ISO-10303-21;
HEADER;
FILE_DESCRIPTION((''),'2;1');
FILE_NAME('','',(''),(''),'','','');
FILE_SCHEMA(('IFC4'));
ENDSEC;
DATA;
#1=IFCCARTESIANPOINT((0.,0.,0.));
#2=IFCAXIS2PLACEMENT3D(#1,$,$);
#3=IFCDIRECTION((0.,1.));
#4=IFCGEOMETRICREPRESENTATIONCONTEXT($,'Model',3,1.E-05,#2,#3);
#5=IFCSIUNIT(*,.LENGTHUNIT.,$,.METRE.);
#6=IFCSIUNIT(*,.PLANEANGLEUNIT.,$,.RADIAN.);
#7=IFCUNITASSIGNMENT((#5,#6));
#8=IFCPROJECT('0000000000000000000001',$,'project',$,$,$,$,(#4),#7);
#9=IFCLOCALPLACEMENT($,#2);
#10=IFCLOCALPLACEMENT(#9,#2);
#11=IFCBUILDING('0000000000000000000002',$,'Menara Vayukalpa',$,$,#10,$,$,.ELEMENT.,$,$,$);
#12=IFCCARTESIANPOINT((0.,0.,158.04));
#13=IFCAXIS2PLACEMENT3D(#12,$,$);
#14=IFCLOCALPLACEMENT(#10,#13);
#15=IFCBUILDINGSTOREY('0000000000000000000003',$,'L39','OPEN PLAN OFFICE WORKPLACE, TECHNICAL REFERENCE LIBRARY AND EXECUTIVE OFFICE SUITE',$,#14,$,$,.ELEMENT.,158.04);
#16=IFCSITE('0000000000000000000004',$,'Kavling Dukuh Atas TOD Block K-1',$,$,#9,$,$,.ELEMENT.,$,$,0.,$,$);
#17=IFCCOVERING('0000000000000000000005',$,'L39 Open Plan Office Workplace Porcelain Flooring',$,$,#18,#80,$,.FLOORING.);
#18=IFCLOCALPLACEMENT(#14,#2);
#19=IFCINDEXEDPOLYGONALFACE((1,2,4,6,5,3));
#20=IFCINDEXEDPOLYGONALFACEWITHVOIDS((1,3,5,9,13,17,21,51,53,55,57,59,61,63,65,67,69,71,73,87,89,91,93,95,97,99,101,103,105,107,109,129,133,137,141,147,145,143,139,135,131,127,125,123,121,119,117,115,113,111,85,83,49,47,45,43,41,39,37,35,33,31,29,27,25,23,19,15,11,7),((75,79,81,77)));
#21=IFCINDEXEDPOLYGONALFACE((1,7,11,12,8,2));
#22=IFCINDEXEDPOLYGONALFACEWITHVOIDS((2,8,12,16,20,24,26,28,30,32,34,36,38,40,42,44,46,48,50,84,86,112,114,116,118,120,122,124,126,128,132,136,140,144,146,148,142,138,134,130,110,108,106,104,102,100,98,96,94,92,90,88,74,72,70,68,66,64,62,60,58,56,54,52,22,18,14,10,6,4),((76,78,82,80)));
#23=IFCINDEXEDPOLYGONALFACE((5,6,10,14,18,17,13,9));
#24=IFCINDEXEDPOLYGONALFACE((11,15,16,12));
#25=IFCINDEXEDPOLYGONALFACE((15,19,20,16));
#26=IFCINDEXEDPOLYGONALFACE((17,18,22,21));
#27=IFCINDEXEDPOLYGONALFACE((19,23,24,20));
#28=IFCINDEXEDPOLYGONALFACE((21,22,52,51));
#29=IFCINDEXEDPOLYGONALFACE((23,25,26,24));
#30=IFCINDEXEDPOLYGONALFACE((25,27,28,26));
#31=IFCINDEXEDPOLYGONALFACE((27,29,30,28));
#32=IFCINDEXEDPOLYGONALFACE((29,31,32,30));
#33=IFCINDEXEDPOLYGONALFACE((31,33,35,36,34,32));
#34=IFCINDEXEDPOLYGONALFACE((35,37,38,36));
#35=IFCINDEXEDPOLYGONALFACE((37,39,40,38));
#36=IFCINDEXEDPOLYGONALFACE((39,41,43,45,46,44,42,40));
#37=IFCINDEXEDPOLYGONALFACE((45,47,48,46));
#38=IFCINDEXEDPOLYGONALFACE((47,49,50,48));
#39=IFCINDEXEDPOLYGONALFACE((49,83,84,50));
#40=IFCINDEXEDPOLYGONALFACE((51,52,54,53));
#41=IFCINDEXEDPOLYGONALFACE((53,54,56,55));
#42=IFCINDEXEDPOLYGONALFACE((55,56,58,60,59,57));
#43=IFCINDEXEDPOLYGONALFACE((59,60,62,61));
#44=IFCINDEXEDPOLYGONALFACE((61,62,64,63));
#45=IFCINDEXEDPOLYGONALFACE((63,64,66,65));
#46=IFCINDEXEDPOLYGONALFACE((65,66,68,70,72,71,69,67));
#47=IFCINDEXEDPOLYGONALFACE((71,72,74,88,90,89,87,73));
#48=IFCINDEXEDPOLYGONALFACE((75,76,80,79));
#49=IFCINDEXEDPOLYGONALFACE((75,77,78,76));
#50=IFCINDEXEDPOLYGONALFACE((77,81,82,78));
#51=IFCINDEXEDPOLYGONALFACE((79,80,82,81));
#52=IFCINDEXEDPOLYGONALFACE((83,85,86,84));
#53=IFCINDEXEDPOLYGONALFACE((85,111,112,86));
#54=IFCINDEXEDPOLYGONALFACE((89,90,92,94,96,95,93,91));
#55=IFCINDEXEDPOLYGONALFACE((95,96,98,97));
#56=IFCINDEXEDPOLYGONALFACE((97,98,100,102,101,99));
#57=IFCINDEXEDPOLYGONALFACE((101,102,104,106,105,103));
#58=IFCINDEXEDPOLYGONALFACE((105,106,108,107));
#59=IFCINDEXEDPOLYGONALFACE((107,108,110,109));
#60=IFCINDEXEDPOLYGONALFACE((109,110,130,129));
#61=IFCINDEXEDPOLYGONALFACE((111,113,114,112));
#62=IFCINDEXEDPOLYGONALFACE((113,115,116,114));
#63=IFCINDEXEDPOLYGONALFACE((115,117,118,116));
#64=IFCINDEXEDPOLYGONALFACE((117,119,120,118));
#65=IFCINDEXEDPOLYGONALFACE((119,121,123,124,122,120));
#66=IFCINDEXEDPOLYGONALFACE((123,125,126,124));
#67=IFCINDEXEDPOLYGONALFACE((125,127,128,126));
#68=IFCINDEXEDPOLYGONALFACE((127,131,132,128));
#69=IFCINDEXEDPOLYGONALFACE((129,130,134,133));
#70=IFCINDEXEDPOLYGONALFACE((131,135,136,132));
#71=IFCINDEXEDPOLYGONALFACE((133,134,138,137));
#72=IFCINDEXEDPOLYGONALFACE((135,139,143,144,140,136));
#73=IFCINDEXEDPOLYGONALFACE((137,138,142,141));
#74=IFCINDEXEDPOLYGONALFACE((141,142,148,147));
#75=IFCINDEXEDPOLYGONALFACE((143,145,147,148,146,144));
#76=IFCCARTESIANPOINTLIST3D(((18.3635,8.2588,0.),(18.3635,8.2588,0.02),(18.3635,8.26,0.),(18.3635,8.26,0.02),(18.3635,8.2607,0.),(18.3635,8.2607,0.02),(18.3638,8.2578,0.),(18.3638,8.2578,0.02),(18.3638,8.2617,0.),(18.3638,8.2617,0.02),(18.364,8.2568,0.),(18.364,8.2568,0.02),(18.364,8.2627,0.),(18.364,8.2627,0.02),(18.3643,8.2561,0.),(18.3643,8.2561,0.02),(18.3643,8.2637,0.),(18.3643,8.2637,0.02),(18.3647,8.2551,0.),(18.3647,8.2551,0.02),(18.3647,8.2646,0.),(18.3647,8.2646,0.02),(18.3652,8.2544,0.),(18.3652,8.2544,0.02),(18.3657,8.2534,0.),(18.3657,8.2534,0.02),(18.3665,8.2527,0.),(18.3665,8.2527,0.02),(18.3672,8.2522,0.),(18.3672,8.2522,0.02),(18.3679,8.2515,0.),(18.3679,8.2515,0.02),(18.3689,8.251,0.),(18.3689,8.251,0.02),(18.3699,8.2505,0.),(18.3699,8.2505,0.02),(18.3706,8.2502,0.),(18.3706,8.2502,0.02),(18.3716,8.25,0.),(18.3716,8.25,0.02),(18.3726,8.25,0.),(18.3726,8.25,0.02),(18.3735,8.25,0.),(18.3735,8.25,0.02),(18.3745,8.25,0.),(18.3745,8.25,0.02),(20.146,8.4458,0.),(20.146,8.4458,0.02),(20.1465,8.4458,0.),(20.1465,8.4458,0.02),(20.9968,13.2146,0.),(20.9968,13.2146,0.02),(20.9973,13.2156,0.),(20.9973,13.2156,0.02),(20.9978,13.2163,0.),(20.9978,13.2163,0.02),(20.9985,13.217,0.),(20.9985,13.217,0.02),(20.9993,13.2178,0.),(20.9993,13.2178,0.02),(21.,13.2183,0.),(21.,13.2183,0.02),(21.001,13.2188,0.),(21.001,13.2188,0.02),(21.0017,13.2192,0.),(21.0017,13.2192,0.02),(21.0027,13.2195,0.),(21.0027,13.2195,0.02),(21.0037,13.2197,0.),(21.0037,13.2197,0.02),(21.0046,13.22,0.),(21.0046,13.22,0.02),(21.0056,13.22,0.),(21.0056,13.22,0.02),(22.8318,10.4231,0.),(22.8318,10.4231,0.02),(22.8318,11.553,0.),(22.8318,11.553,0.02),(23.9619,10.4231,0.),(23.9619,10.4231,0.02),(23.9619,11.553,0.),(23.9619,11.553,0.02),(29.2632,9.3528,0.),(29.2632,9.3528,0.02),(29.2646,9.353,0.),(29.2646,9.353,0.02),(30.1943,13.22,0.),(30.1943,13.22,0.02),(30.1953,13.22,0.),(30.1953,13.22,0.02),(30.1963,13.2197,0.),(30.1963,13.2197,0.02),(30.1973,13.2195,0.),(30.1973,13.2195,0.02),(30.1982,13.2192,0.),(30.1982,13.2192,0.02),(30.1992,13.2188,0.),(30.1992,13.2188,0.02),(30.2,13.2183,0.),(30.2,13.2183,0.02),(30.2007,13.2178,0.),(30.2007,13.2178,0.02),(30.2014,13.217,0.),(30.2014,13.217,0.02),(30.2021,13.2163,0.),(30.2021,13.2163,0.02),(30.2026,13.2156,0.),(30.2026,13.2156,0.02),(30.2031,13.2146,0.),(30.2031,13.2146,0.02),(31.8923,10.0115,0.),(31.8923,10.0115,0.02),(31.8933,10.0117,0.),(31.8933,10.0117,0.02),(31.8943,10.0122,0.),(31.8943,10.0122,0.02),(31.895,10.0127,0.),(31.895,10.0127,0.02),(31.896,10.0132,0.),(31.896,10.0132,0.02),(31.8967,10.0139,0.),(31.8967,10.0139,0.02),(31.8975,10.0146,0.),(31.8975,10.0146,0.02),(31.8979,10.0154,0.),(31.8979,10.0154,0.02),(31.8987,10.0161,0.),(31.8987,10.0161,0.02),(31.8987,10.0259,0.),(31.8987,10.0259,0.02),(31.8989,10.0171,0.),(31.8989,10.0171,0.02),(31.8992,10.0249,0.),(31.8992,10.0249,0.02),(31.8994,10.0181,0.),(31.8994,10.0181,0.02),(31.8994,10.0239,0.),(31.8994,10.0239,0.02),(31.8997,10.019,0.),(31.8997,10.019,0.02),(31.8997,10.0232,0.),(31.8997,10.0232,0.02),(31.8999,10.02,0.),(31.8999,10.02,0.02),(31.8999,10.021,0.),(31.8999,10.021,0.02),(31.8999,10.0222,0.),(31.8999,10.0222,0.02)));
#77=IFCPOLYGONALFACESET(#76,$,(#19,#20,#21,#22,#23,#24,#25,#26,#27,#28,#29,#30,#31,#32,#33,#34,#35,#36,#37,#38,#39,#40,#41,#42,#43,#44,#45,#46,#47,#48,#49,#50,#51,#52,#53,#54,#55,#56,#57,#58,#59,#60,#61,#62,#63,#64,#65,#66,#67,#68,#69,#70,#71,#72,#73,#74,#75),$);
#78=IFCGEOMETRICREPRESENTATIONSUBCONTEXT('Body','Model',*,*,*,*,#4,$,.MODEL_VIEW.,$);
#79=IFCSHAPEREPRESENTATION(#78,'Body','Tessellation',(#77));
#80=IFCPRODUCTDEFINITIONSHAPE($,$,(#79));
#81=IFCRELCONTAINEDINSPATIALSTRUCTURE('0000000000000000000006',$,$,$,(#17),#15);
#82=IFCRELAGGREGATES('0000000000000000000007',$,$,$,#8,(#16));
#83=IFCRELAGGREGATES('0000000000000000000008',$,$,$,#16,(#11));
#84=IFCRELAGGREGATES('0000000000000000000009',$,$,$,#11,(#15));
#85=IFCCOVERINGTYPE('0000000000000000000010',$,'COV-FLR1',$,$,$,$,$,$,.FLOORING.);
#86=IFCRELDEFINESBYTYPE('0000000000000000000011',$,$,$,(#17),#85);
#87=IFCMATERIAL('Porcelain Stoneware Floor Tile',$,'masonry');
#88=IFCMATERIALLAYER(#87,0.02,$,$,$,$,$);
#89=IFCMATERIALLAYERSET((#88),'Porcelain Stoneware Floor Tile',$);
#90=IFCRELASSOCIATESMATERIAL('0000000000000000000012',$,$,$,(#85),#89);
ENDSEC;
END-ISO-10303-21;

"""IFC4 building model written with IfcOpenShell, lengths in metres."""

from ifc_helpers import new_model, si_unit, direction, frame, origin, place, context, subcontext, project, spatial, polyline, outline, extrude, material, layer, layer_set, type_object, element, save


model = new_model("IFC4")

# Units and contexts
model_context = context("Model", 3, precision=1e-05, world=origin(), true_north=direction((0.0, 1.0)))
body_context = subcontext(model_context, "Body", "Model", "MODEL_VIEW")
ifc_project = project(units=[si_unit("LENGTHUNIT", "METRE"), si_unit("PLANEANGLEUNIT", "RADIAN")], contexts=[model_context])

# Site, building, storey
site_placement = place(None, origin())
site = spatial("IfcSite", under=ifc_project, at=site_placement, Name="Kavling Dukuh Atas TOD Block K-1", CompositionType="ELEMENT", RefElevation=0.0)
building_placement = place(site_placement, origin())
building = spatial("IfcBuilding", under=site, at=building_placement, Name="Menara Vayukalpa", CompositionType="ELEMENT")
storey_placement = place(building_placement, frame((0.0, 0.0, 158.04)))
storey = spatial("IfcBuildingStorey", under=building, at=storey_placement, Name="L39", Description="OPEN PLAN OFFICE WORKPLACE, TECHNICAL REFERENCE LIBRARY AND EXECUTIVE OFFICE SUITE", CompositionType="ELEMENT", Elevation=158.04)

# Covering
ifc_material_1 = material(Name="Porcelain Stoneware Floor Tile", Category="masonry")
ifc_layer_1 = layer(ifc_material_1, 0.02)
ifc_layer_set_1 = layer_set([ifc_layer_1], Name="Porcelain Stoneware Floor Tile")
covering_type_1 = type_object("IfcCoveringType", Name="COV-FLR1", PredefinedType="FLOORING", material=ifc_layer_set_1)
covering_1_placement = place(storey_placement, origin())
element("IfcCovering", 1, at=covering_1_placement, inside=storey, type_object=covering_type_1, Name="L39 Open Plan Office Workplace Porcelain Flooring", PredefinedType="FLOORING", context=body_context, shape_type="SweptSolid", body=[
    extrude(outline(polyline([(18.3735, 8.25), (18.3726, 8.25), (18.3716, 8.25), (18.3706, 8.2502), (18.3699, 8.2505), (18.3689, 8.251), (18.3679, 8.2515), (18.3672, 8.2522), (18.3665, 8.2527), (18.3657, 8.2534), (18.3652, 8.2544), (18.3647, 8.2551), (18.3643, 8.2561), (18.364, 8.2568), (18.3638, 8.2578), (18.3635, 8.2588), (18.3635, 8.26), (18.3635, 8.2607), (18.3638, 8.2617), (18.364, 8.2627), (18.3643, 8.2637), (18.3647, 8.2646), (20.9968, 13.2146), (20.9973, 13.2156), (20.9978, 13.2163), (20.9985, 13.217), (20.9993, 13.2178), (21.0, 13.2183), (21.001, 13.2188), (21.0017, 13.2192), (21.0027, 13.2195), (21.0037, 13.2197), (21.0046, 13.22), (21.0056, 13.22), (30.1943, 13.22), (30.1953, 13.22), (30.1963, 13.2197), (30.1973, 13.2195), (30.1982, 13.2192), (30.1992, 13.2188), (30.2, 13.2183), (30.2007, 13.2178), (30.2014, 13.217), (30.2021, 13.2163), (30.2026, 13.2156), (30.2031, 13.2146), (31.8987, 10.0259), (31.8992, 10.0249), (31.8994, 10.0239), (31.8997, 10.0232), (31.8999, 10.0222), (31.8999, 10.021), (31.8999, 10.02), (31.8997, 10.019), (31.8994, 10.0181), (31.8989, 10.0171), (31.8987, 10.0161), (31.8979, 10.0154), (31.8975, 10.0146), (31.8967, 10.0139), (31.896, 10.0132), (31.895, 10.0127), (31.8943, 10.0122), (31.8933, 10.0117), (31.8923, 10.0115), (29.2646, 9.353), (29.2632, 9.3528), (20.1465, 8.4458), (20.146, 8.4458), (18.3745, 8.25), (18.3735, 8.25)]), holes=[polyline([(23.9619, 11.553), (22.8318, 11.553), (22.8318, 10.4231), (23.9619, 10.4231), (23.9619, 11.553)])]), origin(), (0.0, 0.0, 1.0), 0.02),
])

save(model, "model.ifc")
